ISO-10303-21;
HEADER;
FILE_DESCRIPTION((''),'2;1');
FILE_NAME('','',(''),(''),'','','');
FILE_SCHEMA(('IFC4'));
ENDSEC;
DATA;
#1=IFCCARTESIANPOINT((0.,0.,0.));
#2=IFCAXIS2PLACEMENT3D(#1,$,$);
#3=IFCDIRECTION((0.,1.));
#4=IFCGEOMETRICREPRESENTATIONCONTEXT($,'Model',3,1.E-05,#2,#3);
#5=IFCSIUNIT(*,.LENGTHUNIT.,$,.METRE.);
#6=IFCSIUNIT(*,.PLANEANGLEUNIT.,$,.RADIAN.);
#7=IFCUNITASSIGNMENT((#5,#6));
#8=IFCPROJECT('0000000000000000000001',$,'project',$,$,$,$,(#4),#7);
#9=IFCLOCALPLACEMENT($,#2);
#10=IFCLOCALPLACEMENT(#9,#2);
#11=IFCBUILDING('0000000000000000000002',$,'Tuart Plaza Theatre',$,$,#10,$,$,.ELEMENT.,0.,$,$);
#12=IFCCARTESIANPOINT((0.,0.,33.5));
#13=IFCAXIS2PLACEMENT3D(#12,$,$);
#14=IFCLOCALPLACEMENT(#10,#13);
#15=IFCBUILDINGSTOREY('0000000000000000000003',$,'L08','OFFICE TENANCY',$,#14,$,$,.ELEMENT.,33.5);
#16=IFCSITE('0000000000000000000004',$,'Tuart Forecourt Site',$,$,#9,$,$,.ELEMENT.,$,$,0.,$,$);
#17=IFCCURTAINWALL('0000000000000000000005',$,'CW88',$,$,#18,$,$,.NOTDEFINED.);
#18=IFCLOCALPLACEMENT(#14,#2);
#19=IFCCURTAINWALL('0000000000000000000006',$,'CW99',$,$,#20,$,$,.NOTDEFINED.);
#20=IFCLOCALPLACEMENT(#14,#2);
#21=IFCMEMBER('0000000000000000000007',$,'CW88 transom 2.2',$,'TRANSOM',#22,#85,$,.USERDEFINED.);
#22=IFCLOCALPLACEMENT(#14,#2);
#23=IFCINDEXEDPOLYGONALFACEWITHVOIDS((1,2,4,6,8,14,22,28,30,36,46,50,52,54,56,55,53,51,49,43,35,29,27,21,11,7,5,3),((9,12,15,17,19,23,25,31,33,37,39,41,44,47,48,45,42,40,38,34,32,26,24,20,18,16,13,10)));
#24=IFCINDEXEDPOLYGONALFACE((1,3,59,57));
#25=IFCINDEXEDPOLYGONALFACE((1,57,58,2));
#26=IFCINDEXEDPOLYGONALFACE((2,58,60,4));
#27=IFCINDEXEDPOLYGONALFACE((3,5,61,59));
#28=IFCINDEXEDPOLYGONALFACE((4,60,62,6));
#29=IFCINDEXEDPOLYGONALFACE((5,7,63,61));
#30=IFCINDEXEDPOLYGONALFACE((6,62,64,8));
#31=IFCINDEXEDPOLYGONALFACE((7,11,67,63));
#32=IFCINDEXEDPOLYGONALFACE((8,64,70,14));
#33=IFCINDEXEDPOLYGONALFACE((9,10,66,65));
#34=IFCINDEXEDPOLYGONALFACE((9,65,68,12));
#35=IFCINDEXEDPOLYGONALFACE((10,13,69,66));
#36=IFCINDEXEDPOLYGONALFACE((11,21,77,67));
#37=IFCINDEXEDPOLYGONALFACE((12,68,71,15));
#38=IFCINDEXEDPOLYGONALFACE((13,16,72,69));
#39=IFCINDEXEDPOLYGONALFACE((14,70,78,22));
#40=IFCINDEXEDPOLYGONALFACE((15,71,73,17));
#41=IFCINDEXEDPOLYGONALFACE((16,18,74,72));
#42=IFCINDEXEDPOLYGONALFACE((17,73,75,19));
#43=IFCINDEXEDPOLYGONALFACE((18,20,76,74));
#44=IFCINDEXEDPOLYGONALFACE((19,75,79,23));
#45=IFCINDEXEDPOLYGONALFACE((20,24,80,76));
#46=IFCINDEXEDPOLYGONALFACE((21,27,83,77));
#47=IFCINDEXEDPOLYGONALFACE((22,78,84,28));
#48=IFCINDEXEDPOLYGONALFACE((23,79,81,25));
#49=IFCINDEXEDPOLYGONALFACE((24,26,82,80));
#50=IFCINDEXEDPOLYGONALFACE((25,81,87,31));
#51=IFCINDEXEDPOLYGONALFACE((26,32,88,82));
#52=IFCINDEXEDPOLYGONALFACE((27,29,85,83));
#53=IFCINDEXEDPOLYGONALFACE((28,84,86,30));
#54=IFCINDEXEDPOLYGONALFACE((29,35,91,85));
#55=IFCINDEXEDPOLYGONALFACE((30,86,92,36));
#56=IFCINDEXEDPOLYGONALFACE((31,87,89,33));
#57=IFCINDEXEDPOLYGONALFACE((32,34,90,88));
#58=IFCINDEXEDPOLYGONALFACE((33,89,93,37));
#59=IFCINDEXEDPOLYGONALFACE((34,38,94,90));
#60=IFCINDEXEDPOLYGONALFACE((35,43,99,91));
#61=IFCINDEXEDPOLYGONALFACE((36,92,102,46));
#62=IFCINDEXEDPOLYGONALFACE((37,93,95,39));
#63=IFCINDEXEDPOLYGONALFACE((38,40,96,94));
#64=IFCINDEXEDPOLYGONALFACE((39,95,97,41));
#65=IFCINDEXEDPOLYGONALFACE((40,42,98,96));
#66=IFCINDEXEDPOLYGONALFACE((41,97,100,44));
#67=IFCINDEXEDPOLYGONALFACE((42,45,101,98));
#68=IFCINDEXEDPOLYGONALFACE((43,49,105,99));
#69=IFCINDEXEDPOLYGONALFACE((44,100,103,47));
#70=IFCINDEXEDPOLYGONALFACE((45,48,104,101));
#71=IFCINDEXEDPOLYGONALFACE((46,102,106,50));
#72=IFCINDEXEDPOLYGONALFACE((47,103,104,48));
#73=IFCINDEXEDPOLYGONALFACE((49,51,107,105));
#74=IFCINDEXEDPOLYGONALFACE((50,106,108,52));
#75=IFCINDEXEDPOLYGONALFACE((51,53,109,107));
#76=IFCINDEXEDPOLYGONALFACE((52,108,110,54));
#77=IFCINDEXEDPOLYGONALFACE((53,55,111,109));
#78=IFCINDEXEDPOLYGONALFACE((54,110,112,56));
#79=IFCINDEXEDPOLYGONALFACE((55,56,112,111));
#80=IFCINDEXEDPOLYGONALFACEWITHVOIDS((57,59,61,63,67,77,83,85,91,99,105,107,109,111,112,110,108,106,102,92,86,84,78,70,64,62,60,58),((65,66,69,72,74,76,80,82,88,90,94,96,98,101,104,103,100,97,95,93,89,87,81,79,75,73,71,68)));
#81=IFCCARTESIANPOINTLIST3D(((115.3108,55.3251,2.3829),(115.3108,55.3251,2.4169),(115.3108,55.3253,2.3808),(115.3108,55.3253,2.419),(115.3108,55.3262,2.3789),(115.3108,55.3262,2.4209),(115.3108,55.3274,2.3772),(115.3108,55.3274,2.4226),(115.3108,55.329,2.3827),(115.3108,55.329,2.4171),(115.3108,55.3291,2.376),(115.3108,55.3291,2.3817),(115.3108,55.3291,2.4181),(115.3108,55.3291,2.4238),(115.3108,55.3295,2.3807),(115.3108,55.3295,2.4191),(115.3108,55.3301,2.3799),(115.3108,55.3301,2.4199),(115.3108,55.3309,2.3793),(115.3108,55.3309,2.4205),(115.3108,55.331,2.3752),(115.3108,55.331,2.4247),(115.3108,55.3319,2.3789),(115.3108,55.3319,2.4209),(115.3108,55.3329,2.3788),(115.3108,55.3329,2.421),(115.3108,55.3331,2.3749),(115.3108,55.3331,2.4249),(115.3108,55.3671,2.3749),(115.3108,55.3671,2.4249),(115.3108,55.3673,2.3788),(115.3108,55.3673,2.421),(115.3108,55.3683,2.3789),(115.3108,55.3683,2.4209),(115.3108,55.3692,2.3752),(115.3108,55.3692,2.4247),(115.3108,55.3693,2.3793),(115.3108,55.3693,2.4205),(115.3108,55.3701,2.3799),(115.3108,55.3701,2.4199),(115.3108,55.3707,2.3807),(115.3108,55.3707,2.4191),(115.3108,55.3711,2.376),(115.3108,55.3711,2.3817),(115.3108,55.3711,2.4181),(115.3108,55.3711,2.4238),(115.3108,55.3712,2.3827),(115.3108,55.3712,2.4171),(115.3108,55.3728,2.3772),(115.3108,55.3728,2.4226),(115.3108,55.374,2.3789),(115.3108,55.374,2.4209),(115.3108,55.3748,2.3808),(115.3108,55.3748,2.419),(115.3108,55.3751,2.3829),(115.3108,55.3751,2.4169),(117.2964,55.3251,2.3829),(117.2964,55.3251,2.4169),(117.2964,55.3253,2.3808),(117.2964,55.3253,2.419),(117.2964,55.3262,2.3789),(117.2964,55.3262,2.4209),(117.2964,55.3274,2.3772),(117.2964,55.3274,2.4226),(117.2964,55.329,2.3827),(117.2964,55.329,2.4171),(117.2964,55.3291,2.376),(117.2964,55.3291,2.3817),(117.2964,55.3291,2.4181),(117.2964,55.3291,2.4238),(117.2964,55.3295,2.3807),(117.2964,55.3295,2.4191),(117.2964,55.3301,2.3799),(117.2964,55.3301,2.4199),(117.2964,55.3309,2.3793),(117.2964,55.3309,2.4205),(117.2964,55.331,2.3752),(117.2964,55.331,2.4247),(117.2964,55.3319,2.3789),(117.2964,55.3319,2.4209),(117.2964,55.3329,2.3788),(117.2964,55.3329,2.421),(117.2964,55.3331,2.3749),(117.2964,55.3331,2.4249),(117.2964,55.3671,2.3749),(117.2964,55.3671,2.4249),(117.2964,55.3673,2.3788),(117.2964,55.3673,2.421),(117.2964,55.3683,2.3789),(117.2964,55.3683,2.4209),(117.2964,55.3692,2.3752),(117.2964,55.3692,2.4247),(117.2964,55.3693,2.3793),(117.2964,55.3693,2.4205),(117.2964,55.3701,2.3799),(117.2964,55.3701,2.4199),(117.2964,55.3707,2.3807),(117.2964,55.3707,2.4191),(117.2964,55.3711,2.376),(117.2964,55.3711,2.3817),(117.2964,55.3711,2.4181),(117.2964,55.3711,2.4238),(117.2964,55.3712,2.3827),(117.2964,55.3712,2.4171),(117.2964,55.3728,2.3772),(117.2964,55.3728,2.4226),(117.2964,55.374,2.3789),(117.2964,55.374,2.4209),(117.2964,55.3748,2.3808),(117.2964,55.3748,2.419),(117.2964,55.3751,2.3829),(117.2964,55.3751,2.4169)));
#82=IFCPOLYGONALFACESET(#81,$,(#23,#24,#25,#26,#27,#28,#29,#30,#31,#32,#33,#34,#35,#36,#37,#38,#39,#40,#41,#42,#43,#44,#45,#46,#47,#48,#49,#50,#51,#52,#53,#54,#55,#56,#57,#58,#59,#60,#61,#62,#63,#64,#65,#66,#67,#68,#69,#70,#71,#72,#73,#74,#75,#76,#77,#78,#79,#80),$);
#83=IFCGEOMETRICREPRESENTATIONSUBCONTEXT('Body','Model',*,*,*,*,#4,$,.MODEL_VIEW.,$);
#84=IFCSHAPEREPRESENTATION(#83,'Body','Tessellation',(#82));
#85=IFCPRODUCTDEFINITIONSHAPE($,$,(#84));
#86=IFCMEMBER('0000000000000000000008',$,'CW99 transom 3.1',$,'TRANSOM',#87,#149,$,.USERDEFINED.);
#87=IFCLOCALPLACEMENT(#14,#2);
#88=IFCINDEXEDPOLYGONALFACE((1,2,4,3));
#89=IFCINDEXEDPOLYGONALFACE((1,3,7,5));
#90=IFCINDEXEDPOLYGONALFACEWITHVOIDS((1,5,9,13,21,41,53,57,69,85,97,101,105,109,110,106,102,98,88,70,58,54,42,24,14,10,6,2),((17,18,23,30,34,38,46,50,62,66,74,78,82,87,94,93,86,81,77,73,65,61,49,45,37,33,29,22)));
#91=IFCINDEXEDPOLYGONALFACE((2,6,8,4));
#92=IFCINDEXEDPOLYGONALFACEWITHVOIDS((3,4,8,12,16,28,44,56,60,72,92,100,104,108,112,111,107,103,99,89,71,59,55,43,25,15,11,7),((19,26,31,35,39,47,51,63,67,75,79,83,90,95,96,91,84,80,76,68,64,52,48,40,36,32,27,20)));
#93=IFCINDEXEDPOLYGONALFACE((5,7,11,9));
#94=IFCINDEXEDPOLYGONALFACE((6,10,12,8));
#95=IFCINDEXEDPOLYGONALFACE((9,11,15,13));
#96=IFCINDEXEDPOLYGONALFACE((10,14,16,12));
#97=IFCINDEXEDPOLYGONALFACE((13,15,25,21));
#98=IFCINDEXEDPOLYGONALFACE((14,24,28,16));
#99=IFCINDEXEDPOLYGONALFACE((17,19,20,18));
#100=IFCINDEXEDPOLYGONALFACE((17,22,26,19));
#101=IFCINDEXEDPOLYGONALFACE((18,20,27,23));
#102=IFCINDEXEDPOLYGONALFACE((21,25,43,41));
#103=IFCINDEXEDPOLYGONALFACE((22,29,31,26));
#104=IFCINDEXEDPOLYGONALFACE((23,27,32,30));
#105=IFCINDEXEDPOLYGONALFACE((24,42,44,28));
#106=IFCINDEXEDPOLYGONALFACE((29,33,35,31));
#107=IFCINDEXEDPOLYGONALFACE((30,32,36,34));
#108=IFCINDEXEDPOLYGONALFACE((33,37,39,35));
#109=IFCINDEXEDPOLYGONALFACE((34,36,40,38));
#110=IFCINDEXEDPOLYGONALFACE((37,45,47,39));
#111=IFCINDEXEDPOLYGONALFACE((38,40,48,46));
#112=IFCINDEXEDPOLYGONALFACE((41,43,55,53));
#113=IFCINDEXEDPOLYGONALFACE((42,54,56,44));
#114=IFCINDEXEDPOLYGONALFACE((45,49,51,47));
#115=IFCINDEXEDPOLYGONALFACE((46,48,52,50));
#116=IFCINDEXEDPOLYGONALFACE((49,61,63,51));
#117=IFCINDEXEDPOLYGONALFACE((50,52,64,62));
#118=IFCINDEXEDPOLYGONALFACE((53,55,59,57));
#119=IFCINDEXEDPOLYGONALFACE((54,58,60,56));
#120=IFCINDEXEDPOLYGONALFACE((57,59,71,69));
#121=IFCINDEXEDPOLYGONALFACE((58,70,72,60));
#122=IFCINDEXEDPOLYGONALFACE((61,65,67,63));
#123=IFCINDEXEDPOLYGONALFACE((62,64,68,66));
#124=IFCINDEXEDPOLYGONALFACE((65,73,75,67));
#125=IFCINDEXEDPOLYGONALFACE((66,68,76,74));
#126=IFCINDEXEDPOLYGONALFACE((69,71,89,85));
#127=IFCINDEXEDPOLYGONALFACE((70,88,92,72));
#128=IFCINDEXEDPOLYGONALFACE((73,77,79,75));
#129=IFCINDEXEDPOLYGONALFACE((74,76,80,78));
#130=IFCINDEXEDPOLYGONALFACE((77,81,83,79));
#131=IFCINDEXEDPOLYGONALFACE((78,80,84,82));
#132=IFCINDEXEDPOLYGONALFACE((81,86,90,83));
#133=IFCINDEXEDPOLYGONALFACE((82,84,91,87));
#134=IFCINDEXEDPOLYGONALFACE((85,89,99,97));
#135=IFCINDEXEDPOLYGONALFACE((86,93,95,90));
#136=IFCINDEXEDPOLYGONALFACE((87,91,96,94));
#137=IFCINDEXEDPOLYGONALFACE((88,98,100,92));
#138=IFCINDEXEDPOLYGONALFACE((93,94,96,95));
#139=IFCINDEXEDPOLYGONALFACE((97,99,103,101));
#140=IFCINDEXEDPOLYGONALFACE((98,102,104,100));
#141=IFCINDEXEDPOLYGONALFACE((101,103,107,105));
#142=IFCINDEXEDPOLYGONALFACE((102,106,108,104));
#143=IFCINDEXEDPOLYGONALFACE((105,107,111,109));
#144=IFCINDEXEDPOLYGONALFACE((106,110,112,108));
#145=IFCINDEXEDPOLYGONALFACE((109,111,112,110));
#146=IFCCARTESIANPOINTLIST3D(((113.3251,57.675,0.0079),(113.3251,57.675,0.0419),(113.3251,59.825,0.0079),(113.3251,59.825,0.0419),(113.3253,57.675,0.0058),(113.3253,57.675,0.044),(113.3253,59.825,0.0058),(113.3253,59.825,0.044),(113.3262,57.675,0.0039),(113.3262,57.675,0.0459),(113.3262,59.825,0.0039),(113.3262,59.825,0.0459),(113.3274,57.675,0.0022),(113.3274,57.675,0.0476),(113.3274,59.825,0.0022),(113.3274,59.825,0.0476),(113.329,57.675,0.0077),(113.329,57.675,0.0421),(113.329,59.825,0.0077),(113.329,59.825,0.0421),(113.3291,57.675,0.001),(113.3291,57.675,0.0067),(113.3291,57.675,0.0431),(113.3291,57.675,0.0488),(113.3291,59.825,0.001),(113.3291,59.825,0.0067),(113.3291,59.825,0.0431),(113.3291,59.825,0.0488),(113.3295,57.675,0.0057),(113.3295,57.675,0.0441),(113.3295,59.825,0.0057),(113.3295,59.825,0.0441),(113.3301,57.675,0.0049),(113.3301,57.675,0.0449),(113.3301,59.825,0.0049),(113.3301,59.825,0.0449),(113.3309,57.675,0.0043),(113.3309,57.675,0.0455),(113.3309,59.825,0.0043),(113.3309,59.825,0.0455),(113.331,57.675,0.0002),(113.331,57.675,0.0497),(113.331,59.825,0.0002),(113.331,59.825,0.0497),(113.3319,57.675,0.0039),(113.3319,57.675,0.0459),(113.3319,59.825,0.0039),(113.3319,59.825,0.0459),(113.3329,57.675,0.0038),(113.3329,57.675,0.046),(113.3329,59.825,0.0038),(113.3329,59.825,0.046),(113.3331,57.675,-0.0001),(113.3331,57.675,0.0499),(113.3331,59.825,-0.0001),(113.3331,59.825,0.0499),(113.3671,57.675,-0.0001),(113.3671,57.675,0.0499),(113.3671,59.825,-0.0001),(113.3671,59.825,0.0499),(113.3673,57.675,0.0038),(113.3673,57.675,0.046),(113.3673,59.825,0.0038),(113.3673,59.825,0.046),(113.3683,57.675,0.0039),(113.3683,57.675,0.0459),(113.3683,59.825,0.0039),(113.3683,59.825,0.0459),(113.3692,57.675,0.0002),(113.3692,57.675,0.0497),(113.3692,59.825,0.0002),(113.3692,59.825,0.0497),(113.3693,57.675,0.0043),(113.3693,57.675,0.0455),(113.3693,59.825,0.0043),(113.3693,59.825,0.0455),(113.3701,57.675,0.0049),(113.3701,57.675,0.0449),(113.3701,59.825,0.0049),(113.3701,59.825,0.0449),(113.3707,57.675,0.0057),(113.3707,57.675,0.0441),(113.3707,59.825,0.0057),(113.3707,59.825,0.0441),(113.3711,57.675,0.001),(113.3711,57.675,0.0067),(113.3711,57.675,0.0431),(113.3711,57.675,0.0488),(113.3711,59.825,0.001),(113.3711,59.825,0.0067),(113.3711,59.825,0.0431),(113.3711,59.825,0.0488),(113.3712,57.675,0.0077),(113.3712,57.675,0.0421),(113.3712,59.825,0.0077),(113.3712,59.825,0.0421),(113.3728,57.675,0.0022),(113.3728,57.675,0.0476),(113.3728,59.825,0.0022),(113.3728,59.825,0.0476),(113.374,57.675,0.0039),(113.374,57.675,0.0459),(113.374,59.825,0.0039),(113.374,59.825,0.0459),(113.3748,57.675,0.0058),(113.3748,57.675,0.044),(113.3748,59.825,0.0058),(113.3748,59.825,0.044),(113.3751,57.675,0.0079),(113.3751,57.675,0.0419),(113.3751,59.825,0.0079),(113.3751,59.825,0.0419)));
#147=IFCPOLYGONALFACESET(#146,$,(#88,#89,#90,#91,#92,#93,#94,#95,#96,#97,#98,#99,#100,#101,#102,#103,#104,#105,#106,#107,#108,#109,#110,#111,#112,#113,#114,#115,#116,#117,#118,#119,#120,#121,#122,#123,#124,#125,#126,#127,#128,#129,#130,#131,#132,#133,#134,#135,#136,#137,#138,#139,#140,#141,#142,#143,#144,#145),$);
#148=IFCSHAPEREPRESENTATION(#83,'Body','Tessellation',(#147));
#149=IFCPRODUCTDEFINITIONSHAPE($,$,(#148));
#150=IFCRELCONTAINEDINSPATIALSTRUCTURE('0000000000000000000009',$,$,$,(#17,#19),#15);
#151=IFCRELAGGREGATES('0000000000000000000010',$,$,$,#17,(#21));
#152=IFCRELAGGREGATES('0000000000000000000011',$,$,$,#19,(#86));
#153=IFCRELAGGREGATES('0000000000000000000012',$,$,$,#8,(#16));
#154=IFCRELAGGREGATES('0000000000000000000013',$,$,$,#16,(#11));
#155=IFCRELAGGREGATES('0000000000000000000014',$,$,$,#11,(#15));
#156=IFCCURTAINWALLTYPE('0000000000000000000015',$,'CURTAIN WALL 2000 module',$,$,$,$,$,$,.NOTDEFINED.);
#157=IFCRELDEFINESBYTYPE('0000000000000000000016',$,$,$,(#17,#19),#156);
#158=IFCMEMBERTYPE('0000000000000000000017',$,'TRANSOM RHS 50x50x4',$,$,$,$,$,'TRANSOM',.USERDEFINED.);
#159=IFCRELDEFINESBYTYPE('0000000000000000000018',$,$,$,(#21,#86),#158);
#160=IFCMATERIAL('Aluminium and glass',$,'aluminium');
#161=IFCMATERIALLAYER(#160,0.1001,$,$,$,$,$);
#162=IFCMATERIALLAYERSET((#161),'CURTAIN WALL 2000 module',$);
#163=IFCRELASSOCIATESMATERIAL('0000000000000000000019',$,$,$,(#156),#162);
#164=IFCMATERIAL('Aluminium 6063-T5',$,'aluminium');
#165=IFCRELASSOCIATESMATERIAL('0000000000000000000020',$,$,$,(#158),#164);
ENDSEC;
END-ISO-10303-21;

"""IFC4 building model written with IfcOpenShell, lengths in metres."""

from ifc_helpers import new_model, si_unit, direction, frame, origin, origin_2d, place, context, subcontext, project, spatial, hollow_rectangle, extrude, material, layer, layer_set, material_profile, profile_set, type_object, element, aggregate, save


model = new_model("IFC4")

# Units and contexts
model_context = context("Model", 3, precision=1e-05, world=origin(), true_north=direction((0.0, 1.0)))
body_context = subcontext(model_context, "Body", "Model", "MODEL_VIEW")
ifc_project = project(units=[si_unit("LENGTHUNIT", "METRE"), si_unit("PLANEANGLEUNIT", "RADIAN")], contexts=[model_context])

# Site, building, storey
site_placement = place(None, origin())
site = spatial("IfcSite", under=ifc_project, at=site_placement, Name="Tuart Forecourt Site", CompositionType="ELEMENT", RefElevation=0.0)
building_placement = place(site_placement, origin())
building = spatial("IfcBuilding", under=site, at=building_placement, Name="Tuart Plaza Theatre", CompositionType="ELEMENT", ElevationOfRefHeight=0.0)
storey_placement = place(building_placement, frame((0.0, 0.0, 33.5)))
storey = spatial("IfcBuildingStorey", under=building, at=storey_placement, Name="L08", Description="OFFICE TENANCY", CompositionType="ELEMENT", Elevation=33.5)

# Curtain walls
ifc_material_1 = material(Name="Aluminium and glass", Category="aluminium")
ifc_layer_1 = layer(ifc_material_1, 0.1001)
ifc_layer_set_1 = layer_set([ifc_layer_1], Name="CURTAIN WALL 2000 module")
curtain_wall_type = type_object("IfcCurtainWallType", Name="CURTAIN WALL 2000 module", PredefinedType="NOTDEFINED", material=ifc_layer_set_1)
curtain_wall_1_placement = place(storey_placement, origin())
curtain_wall_1 = element("IfcCurtainWall", 1, at=curtain_wall_1_placement, inside=storey, type_object=curtain_wall_type, Name="CW88", PredefinedType="NOTDEFINED")
curtain_wall_2_placement = place(storey_placement, origin())
curtain_wall_2 = element("IfcCurtainWall", 2, at=curtain_wall_2_placement, inside=storey, type_object=curtain_wall_type, Name="CW99", PredefinedType="NOTDEFINED")

# Members
ifc_material_2 = material(Name="Aluminium 6063-T5", Category="aluminium")
ifc_material_profile_1 = material_profile(ifc_material_2, hollow_rectangle(XDim=0.05, YDim=0.05, WallThickness=0.0039, InnerFilletRadius=0.0039, OuterFilletRadius=0.0081, at=origin_2d()), Name="RHS 50x50x4")
ifc_profile_set_1 = profile_set([ifc_material_profile_1], Name="Aluminium 6063-T5")
member_type_1 = type_object("IfcMemberType", Name="TRANSOM RHS 50x50x4", ElementType="TRANSOM", PredefinedType="USERDEFINED", material=ifc_profile_set_1)
member_1_placement = place(storey_placement, frame((115.3108, 55.3501, 2.3999), z_axis=(1.0, 0.0, 0.0), x_axis=(0.0, 1.0, 0.0)))
member_1 = element("IfcMember", 3, at=member_1_placement, type_object=member_type_1, Name="CW88 transom 2.2", ObjectType="TRANSOM", PredefinedType="USERDEFINED", context=body_context, shape_type="SweptSolid", body=[
    extrude(hollow_rectangle(XDim=0.05, YDim=0.05, WallThickness=0.0039, InnerFilletRadius=0.0039, OuterFilletRadius=0.0081, at=origin_2d()), origin(), (0.0, 0.0, 1.0), 1.9856),
])
member_2_placement = place(storey_placement, frame((113.3501, 59.825, 0.0249), z_axis=(0.0, -1.0, 0.0), x_axis=(1.0, 0.0, 0.0)))
member_2 = element("IfcMember", 4, at=member_2_placement, type_object=member_type_1, Name="CW99 transom 3.1", ObjectType="TRANSOM", PredefinedType="USERDEFINED", context=body_context, shape_type="SweptSolid", body=[
    extrude(hollow_rectangle(XDim=0.05, YDim=0.05, WallThickness=0.0039, InnerFilletRadius=0.0039, OuterFilletRadius=0.0081, at=origin_2d()), origin(), (0.0, 0.0, 1.0), 2.1499),
])

aggregate(curtain_wall_1, [member_1])
aggregate(curtain_wall_2, [member_2])

save(model, "model.ifc")
